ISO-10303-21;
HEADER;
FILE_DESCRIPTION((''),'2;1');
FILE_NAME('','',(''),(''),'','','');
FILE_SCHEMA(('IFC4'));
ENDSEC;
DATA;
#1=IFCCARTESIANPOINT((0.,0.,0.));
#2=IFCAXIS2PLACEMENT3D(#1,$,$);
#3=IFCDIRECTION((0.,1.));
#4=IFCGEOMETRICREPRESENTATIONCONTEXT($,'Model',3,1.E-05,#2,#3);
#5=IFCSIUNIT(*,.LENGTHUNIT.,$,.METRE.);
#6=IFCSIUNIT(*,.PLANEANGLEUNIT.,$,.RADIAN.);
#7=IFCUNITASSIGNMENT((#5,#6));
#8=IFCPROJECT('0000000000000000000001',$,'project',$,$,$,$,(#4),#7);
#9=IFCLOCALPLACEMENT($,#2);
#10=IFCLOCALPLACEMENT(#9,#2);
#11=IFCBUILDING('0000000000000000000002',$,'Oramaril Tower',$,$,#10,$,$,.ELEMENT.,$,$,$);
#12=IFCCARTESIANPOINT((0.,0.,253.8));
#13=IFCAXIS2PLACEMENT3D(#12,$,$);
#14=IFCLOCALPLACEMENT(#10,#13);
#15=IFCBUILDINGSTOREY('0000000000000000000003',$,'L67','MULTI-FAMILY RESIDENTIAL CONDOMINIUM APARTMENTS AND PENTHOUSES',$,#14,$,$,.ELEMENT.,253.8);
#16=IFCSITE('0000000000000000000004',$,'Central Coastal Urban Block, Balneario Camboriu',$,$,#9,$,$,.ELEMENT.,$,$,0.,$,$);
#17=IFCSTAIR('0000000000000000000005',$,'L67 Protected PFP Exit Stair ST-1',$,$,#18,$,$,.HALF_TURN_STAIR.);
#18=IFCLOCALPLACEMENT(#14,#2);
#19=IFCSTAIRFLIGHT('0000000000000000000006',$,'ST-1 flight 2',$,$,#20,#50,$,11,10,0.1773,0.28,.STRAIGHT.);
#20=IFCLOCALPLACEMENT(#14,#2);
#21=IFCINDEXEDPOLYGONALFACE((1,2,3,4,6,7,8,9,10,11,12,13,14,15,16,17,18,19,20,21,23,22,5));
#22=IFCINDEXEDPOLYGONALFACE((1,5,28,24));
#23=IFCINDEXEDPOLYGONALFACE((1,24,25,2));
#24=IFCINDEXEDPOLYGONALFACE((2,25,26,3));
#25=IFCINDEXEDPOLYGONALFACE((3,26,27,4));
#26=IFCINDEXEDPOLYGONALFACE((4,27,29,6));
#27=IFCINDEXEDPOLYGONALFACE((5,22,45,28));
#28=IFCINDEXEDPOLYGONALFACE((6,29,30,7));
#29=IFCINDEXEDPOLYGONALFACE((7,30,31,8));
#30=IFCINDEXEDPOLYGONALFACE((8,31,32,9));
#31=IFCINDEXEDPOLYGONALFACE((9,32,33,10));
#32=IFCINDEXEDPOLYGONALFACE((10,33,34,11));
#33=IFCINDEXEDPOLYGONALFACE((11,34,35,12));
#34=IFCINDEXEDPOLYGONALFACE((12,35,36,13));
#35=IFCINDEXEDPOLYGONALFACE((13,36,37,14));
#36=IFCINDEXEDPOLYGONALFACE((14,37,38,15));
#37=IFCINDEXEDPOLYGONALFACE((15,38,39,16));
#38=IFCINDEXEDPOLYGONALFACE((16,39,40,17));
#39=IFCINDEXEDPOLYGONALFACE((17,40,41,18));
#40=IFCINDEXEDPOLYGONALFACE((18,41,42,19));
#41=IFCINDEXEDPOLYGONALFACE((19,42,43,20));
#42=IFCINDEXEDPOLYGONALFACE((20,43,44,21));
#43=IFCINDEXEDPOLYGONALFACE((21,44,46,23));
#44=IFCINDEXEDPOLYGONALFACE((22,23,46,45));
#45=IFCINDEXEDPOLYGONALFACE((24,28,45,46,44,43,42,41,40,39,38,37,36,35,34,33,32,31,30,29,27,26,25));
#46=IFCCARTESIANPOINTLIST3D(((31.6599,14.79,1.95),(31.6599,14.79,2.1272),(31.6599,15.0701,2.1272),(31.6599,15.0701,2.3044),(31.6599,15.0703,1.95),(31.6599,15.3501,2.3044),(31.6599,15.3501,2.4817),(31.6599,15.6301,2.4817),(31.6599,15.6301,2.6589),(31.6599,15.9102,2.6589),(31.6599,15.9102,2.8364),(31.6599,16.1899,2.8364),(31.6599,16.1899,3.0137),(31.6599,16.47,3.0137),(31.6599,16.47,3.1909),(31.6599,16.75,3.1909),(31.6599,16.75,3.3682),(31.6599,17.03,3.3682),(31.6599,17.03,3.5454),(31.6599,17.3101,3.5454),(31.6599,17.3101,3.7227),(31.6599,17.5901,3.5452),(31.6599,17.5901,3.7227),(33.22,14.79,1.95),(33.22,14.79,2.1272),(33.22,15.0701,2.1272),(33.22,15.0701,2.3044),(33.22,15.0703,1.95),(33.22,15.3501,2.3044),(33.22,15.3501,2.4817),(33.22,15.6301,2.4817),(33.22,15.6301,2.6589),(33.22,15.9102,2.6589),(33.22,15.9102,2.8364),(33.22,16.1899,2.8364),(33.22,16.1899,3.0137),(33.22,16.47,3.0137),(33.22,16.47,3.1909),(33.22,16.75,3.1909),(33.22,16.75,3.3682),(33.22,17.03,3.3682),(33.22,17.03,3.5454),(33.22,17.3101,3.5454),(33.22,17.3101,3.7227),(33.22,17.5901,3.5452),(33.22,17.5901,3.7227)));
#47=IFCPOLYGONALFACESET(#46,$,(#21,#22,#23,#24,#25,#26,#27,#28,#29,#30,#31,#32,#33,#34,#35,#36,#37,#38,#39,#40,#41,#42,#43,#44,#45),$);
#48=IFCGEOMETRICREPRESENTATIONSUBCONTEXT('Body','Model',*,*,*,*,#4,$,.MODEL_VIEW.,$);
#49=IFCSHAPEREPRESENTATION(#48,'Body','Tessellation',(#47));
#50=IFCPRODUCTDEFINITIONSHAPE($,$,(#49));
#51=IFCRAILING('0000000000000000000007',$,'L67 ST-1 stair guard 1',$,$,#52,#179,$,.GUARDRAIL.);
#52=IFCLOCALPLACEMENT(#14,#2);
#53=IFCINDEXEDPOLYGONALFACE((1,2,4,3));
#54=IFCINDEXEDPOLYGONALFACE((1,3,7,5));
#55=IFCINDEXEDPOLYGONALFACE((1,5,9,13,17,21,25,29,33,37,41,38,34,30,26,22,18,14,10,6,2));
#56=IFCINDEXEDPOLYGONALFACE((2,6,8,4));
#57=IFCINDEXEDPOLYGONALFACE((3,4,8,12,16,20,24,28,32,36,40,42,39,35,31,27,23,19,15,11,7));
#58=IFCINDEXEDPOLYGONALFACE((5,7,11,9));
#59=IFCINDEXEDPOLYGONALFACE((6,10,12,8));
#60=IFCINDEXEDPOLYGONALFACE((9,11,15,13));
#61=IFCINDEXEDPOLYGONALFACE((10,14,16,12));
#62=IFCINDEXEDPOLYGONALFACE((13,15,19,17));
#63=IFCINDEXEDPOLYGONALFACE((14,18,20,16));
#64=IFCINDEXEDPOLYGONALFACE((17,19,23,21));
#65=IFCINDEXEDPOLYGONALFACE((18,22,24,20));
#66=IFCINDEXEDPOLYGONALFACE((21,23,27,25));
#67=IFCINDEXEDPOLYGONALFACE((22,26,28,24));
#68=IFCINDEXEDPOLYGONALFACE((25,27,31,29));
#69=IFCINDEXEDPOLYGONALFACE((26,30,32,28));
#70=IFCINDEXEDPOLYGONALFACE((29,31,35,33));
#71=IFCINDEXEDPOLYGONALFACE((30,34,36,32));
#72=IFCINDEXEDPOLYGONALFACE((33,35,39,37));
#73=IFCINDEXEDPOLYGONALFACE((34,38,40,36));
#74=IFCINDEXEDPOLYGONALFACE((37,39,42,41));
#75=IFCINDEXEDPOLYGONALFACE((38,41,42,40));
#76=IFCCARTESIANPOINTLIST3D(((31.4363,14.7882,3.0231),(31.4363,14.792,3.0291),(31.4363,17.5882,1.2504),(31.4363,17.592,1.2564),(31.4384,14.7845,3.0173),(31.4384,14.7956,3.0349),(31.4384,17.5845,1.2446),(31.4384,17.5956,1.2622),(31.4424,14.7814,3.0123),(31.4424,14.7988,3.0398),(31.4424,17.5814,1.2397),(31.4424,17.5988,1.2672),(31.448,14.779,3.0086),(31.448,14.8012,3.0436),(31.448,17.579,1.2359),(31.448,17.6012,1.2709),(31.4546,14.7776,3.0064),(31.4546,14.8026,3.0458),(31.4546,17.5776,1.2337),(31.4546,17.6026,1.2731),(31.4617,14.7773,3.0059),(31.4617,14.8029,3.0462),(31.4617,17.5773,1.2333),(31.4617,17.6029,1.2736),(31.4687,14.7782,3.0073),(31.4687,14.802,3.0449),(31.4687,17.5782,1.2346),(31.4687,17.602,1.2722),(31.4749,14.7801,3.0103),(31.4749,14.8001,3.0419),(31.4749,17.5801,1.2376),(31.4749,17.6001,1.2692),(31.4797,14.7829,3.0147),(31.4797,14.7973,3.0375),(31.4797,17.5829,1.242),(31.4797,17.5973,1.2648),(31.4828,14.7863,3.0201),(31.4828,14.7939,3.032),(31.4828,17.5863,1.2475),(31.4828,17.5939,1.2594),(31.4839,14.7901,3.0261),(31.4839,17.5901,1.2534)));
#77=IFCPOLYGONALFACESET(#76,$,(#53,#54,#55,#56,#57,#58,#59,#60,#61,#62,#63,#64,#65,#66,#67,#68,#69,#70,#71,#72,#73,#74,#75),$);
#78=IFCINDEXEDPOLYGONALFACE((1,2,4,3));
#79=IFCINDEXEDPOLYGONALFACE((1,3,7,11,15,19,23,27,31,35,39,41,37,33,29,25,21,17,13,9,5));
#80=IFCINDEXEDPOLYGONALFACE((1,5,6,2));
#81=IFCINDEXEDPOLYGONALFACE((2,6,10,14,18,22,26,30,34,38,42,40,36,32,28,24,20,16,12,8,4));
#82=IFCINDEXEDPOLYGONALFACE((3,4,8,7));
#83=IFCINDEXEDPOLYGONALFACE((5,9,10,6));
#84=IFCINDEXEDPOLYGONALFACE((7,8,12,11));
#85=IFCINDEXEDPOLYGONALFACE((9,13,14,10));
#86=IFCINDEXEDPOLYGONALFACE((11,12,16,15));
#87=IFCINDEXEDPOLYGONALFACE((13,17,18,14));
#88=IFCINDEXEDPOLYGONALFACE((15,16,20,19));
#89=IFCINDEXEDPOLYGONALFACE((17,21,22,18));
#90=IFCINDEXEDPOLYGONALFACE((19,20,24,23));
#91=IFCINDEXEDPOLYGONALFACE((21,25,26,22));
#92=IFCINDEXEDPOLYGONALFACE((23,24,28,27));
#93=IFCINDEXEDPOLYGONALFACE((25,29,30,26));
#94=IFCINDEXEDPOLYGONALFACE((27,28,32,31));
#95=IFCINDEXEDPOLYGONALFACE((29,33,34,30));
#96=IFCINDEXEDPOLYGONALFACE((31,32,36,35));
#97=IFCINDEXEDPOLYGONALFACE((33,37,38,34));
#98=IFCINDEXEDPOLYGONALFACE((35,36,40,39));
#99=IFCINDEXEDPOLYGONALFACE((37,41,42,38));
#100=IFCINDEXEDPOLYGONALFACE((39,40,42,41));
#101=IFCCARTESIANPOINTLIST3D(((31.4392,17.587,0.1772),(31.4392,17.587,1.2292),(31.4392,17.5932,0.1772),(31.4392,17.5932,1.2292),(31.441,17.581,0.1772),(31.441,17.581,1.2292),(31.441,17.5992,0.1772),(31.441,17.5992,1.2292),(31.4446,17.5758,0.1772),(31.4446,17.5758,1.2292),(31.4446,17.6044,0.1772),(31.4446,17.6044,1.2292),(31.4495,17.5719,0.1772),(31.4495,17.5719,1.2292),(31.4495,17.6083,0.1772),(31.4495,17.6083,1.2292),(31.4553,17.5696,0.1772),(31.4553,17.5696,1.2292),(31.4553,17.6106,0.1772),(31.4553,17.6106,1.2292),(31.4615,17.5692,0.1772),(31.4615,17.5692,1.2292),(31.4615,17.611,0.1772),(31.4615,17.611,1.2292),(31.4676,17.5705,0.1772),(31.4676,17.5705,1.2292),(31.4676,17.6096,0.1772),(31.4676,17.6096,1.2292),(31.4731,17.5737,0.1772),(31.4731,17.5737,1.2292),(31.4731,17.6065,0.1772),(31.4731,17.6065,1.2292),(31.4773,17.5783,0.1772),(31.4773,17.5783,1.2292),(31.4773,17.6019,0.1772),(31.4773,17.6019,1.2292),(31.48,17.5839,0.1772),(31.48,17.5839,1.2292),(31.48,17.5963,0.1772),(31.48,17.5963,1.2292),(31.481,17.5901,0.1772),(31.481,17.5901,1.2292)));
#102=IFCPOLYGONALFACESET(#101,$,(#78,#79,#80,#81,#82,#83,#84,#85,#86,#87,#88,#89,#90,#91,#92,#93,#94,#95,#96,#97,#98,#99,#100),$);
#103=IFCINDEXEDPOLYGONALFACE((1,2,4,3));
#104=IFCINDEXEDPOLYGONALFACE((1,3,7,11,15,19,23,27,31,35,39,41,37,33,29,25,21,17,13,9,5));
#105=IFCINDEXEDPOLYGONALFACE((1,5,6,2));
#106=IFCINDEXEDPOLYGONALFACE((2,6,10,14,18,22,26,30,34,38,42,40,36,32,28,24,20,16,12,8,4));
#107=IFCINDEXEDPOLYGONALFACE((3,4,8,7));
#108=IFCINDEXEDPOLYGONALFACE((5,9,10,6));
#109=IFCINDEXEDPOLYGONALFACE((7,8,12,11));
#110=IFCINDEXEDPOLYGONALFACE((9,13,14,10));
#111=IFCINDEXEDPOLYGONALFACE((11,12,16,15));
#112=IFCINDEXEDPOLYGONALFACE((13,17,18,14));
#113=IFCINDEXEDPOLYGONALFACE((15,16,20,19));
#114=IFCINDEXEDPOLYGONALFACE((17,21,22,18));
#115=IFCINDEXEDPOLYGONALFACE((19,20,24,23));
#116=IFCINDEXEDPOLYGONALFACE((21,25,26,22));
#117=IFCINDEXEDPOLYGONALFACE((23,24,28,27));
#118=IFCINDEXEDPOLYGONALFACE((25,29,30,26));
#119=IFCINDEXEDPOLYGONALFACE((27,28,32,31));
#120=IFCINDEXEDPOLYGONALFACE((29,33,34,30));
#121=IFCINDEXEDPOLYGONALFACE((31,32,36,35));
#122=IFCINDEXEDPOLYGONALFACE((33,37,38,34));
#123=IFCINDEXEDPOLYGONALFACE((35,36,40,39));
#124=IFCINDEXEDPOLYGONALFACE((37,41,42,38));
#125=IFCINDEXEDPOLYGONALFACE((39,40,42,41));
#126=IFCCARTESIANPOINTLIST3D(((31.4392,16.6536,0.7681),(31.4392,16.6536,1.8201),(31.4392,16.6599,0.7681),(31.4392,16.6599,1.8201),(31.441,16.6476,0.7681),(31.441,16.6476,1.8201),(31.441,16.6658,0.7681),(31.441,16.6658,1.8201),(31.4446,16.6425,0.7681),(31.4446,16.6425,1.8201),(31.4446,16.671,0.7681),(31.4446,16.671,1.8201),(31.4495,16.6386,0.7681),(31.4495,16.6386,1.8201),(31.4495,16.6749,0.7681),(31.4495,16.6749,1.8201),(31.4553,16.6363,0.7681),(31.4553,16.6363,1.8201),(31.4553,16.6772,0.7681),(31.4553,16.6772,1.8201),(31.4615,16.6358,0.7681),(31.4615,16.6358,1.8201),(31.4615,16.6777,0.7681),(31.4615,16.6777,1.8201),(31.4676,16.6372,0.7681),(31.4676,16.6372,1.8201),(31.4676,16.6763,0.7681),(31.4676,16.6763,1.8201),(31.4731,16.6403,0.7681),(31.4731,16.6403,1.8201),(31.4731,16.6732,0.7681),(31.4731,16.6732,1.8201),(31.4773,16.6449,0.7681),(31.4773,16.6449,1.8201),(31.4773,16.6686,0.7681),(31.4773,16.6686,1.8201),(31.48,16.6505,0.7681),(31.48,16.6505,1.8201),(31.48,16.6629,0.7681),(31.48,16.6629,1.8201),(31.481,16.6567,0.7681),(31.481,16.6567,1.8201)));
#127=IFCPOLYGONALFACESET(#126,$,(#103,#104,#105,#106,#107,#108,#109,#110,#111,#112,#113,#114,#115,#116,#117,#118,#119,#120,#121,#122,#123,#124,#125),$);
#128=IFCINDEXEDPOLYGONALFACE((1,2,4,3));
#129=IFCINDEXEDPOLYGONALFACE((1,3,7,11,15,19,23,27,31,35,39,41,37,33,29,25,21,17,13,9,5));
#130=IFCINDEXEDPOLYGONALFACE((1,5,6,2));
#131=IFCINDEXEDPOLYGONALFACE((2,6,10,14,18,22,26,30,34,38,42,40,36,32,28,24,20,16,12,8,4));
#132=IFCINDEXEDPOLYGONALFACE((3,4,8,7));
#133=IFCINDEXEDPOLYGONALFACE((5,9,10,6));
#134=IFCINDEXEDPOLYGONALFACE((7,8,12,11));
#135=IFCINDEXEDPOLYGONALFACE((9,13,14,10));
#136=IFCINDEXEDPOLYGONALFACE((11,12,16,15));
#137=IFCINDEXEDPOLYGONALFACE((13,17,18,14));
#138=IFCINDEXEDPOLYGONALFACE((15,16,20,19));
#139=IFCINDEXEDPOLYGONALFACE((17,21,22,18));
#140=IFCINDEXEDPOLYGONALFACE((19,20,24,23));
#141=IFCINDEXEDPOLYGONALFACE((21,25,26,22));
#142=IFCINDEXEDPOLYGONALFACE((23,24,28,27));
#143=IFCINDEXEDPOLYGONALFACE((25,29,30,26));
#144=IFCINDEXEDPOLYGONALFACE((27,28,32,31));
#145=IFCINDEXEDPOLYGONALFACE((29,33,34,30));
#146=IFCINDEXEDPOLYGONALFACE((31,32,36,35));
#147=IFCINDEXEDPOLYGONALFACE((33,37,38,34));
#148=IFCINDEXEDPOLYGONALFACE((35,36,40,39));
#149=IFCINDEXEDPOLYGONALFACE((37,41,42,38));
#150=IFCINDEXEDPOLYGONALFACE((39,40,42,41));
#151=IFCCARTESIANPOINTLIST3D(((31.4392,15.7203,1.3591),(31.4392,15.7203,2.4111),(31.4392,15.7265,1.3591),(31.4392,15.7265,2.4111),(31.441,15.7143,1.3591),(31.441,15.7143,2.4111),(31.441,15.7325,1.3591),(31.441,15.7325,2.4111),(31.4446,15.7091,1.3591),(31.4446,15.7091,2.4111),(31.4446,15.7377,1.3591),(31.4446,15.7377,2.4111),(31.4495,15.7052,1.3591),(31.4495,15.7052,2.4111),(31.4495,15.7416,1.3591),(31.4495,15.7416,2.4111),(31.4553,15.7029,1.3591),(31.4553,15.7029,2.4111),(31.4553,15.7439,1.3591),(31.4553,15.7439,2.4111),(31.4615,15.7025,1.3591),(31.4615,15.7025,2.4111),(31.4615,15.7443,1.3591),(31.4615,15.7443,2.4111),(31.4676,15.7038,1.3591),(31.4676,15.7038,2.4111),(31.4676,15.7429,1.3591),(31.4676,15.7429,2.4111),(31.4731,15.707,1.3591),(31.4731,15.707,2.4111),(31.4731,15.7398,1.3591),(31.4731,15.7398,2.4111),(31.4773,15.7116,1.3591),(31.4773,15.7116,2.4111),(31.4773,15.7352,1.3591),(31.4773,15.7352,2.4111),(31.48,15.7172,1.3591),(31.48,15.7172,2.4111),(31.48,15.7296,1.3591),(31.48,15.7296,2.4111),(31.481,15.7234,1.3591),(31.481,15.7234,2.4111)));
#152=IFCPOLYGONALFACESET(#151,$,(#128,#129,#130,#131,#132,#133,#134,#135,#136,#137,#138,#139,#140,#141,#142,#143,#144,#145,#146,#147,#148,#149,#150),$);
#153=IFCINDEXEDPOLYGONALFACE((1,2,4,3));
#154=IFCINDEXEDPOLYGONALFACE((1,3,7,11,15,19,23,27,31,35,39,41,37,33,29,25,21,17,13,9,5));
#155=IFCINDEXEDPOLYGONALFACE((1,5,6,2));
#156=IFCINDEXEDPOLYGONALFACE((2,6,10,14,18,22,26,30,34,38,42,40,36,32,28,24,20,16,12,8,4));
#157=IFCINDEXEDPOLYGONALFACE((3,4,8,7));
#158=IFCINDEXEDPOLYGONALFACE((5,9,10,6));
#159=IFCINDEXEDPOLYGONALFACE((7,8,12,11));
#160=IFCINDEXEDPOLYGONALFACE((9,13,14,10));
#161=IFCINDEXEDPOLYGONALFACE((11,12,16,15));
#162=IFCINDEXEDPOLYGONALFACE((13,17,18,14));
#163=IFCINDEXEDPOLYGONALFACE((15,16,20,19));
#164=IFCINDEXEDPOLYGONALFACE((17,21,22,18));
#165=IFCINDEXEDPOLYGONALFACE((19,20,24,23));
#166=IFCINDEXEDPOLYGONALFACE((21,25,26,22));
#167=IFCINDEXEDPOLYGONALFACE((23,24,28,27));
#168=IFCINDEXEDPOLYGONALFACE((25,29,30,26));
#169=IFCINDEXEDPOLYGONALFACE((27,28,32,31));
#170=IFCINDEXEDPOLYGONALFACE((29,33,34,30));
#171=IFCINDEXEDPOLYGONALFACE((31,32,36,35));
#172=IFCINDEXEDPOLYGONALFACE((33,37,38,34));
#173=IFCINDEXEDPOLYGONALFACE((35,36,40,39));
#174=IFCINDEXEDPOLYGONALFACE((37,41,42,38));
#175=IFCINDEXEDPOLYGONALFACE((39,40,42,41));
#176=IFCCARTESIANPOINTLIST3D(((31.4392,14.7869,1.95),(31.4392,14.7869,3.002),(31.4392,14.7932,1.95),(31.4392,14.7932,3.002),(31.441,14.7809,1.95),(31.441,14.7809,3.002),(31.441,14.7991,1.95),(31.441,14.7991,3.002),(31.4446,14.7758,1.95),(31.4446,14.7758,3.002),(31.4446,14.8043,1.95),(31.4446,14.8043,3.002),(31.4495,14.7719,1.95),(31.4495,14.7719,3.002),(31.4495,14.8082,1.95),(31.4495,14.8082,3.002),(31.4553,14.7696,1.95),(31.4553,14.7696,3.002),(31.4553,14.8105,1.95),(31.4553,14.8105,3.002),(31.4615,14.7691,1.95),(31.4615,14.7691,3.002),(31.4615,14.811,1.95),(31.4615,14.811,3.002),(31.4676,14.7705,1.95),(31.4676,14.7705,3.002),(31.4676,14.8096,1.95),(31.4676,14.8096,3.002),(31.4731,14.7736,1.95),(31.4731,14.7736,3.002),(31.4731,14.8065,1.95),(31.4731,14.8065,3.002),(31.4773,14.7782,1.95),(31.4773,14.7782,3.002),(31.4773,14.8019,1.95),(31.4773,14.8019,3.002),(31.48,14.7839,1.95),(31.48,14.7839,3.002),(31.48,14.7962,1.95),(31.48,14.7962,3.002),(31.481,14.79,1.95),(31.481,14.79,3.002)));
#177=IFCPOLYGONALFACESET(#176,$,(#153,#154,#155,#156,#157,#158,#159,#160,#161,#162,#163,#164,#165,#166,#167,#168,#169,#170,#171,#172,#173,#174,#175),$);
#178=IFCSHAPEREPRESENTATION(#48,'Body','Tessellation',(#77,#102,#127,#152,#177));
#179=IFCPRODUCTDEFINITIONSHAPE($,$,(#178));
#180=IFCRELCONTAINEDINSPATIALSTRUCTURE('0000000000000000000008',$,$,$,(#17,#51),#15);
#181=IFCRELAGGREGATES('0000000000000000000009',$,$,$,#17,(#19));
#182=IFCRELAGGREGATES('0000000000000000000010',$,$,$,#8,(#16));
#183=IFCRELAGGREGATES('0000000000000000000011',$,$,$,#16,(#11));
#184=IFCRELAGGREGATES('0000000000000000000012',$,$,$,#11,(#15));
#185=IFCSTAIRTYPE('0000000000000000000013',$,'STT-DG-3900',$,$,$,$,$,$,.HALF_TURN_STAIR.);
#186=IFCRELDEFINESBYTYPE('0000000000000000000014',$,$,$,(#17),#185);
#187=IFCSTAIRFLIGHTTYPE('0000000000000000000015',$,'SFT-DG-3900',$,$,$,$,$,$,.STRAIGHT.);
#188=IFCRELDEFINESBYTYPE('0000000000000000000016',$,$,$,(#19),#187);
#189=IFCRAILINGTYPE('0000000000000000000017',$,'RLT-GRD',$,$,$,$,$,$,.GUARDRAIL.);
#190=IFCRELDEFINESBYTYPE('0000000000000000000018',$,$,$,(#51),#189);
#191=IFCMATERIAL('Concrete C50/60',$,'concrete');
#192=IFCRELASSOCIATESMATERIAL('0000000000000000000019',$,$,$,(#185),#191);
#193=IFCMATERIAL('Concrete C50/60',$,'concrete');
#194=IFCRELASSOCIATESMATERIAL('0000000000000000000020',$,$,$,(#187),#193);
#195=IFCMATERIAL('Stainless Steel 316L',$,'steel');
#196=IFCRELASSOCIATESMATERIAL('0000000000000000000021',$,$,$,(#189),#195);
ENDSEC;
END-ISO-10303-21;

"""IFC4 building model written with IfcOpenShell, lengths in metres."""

from ifc_helpers import new_model, si_unit, direction, frame, origin, origin_2d, place, context, subcontext, project, spatial, polyline, circle, outline, extrude, material, type_object, element, aggregate, save


model = new_model("IFC4")

# Units and contexts
model_context = context("Model", 3, precision=1e-05, world=origin(), true_north=direction((0.0, 1.0)))
body_context = subcontext(model_context, "Body", "Model", "MODEL_VIEW")
ifc_project = project(units=[si_unit("LENGTHUNIT", "METRE"), si_unit("PLANEANGLEUNIT", "RADIAN")], contexts=[model_context])

# Site, building, storey
site_placement = place(None, origin())
site = spatial("IfcSite", under=ifc_project, at=site_placement, Name="Central Coastal Urban Block, Balneario Camboriu", CompositionType="ELEMENT", RefElevation=0.0)
building_placement = place(site_placement, origin())
building = spatial("IfcBuilding", under=site, at=building_placement, Name="Oramaril Tower", CompositionType="ELEMENT")
storey_placement = place(building_placement, frame((0.0, 0.0, 253.8)))
storey = spatial("IfcBuildingStorey", under=building, at=storey_placement, Name="L67", Description="MULTI-FAMILY RESIDENTIAL CONDOMINIUM APARTMENTS AND PENTHOUSES", CompositionType="ELEMENT", Elevation=253.8)

# Stair, stair flight
ifc_material_1 = material(Name="Concrete C50/60", Category="concrete")
stair_type = type_object("IfcStairType", Name="STT-DG-3900", PredefinedType="HALF_TURN_STAIR", material=ifc_material_1)
stair_placement = place(storey_placement, origin())
stair = element("IfcStair", 1, at=stair_placement, inside=storey, type_object=stair_type, Name="L67 Protected PFP Exit Stair ST-1", PredefinedType="HALF_TURN_STAIR")
ifc_material_2 = material(Name="Concrete C50/60", Category="concrete")
stair_flight_type = type_object("IfcStairFlightType", Name="SFT-DG-3900", PredefinedType="STRAIGHT", material=ifc_material_2)
stair_flight_1_placement = place(storey_placement, frame((32.4399, 14.79, 1.95), z_axis=(0.0, 0.0, 1.0), x_axis=(0.0, 1.0, 0.0)))
stair_flight_1 = element("IfcStairFlight", 2, at=stair_flight_1_placement, type_object=stair_flight_type, Name="ST-1 flight 2", NumberOfRisers=11, NumberOfTreads=10, PredefinedType="STRAIGHT", RiserHeight=0.1773, TreadLength=0.28, context=body_context, shape_type="SweptSolid", body=[
    extrude(outline(polyline([(0.0, 0.0), (0.0, 0.1772), (0.28, 0.1772), (0.28, 0.3545), (0.5601, 0.3545), (0.5601, 0.5317), (0.8401, 0.5317), (0.8401, 0.709), (1.1201, 0.709), (1.1201, 0.8865), (1.3999, 0.8865), (1.3999, 1.0637), (1.6799, 1.0637), (1.6799, 1.241), (1.96, 1.241), (1.96, 1.4182), (2.24, 1.4182), (2.24, 1.5955), (2.52, 1.5955), (2.52, 1.7727), (2.8, 1.7727), (2.8, 1.95), (2.8, 1.5952), (0.2803, 0.0), (0.0, 0.0)])), frame((0.0, 0.78, 0.0), z_axis=(0.0, -1.0, 0.0), x_axis=(1.0, 0.0, 0.0)), (0.0, 0.0, 1.0), 1.5601),
])
aggregate(stair, [stair_flight_1])

# Railing
ifc_material_3 = material(Name="Stainless Steel 316L", Category="steel")
railing_type_1 = type_object("IfcRailingType", Name="RLT-GRD", PredefinedType="GUARDRAIL", material=ifc_material_3)
railing_1_placement = place(storey_placement, frame((31.46, 17.5901, 0.1772)))
element("IfcRailing", 3, at=railing_1_placement, inside=storey, type_object=railing_type_1, Name="L67 ST-1 stair guard 1", PredefinedType="GUARDRAIL", context=body_context, shape_type="SweptSolid", body=[
    extrude(circle(Radius=0.0239, at=origin_2d()), frame((0.0, 0.0, 1.0762), z_axis=(0.0, -0.844909, 0.53491), x_axis=(1.0, 0.0, 0.0)), (0.0, 0.0, 1.0), 3.314),
    extrude(circle(Radius=0.021, at=origin_2d()), origin(), (0.0, 0.0, 1.0), 1.052),
    extrude(circle(Radius=0.021, at=origin_2d()), frame((0.0, -0.9333, 0.5908)), (0.0, 0.0, 1.0), 1.052),
    extrude(circle(Radius=0.021, at=origin_2d()), frame((0.0, -1.8667, 1.1819)), (0.0, 0.0, 1.0), 1.052),
    extrude(circle(Radius=0.021, at=origin_2d()), frame((0.0, -2.8, 1.7727)), (0.0, 0.0, 1.0), 1.052),
])

save(model, "model.ifc")
